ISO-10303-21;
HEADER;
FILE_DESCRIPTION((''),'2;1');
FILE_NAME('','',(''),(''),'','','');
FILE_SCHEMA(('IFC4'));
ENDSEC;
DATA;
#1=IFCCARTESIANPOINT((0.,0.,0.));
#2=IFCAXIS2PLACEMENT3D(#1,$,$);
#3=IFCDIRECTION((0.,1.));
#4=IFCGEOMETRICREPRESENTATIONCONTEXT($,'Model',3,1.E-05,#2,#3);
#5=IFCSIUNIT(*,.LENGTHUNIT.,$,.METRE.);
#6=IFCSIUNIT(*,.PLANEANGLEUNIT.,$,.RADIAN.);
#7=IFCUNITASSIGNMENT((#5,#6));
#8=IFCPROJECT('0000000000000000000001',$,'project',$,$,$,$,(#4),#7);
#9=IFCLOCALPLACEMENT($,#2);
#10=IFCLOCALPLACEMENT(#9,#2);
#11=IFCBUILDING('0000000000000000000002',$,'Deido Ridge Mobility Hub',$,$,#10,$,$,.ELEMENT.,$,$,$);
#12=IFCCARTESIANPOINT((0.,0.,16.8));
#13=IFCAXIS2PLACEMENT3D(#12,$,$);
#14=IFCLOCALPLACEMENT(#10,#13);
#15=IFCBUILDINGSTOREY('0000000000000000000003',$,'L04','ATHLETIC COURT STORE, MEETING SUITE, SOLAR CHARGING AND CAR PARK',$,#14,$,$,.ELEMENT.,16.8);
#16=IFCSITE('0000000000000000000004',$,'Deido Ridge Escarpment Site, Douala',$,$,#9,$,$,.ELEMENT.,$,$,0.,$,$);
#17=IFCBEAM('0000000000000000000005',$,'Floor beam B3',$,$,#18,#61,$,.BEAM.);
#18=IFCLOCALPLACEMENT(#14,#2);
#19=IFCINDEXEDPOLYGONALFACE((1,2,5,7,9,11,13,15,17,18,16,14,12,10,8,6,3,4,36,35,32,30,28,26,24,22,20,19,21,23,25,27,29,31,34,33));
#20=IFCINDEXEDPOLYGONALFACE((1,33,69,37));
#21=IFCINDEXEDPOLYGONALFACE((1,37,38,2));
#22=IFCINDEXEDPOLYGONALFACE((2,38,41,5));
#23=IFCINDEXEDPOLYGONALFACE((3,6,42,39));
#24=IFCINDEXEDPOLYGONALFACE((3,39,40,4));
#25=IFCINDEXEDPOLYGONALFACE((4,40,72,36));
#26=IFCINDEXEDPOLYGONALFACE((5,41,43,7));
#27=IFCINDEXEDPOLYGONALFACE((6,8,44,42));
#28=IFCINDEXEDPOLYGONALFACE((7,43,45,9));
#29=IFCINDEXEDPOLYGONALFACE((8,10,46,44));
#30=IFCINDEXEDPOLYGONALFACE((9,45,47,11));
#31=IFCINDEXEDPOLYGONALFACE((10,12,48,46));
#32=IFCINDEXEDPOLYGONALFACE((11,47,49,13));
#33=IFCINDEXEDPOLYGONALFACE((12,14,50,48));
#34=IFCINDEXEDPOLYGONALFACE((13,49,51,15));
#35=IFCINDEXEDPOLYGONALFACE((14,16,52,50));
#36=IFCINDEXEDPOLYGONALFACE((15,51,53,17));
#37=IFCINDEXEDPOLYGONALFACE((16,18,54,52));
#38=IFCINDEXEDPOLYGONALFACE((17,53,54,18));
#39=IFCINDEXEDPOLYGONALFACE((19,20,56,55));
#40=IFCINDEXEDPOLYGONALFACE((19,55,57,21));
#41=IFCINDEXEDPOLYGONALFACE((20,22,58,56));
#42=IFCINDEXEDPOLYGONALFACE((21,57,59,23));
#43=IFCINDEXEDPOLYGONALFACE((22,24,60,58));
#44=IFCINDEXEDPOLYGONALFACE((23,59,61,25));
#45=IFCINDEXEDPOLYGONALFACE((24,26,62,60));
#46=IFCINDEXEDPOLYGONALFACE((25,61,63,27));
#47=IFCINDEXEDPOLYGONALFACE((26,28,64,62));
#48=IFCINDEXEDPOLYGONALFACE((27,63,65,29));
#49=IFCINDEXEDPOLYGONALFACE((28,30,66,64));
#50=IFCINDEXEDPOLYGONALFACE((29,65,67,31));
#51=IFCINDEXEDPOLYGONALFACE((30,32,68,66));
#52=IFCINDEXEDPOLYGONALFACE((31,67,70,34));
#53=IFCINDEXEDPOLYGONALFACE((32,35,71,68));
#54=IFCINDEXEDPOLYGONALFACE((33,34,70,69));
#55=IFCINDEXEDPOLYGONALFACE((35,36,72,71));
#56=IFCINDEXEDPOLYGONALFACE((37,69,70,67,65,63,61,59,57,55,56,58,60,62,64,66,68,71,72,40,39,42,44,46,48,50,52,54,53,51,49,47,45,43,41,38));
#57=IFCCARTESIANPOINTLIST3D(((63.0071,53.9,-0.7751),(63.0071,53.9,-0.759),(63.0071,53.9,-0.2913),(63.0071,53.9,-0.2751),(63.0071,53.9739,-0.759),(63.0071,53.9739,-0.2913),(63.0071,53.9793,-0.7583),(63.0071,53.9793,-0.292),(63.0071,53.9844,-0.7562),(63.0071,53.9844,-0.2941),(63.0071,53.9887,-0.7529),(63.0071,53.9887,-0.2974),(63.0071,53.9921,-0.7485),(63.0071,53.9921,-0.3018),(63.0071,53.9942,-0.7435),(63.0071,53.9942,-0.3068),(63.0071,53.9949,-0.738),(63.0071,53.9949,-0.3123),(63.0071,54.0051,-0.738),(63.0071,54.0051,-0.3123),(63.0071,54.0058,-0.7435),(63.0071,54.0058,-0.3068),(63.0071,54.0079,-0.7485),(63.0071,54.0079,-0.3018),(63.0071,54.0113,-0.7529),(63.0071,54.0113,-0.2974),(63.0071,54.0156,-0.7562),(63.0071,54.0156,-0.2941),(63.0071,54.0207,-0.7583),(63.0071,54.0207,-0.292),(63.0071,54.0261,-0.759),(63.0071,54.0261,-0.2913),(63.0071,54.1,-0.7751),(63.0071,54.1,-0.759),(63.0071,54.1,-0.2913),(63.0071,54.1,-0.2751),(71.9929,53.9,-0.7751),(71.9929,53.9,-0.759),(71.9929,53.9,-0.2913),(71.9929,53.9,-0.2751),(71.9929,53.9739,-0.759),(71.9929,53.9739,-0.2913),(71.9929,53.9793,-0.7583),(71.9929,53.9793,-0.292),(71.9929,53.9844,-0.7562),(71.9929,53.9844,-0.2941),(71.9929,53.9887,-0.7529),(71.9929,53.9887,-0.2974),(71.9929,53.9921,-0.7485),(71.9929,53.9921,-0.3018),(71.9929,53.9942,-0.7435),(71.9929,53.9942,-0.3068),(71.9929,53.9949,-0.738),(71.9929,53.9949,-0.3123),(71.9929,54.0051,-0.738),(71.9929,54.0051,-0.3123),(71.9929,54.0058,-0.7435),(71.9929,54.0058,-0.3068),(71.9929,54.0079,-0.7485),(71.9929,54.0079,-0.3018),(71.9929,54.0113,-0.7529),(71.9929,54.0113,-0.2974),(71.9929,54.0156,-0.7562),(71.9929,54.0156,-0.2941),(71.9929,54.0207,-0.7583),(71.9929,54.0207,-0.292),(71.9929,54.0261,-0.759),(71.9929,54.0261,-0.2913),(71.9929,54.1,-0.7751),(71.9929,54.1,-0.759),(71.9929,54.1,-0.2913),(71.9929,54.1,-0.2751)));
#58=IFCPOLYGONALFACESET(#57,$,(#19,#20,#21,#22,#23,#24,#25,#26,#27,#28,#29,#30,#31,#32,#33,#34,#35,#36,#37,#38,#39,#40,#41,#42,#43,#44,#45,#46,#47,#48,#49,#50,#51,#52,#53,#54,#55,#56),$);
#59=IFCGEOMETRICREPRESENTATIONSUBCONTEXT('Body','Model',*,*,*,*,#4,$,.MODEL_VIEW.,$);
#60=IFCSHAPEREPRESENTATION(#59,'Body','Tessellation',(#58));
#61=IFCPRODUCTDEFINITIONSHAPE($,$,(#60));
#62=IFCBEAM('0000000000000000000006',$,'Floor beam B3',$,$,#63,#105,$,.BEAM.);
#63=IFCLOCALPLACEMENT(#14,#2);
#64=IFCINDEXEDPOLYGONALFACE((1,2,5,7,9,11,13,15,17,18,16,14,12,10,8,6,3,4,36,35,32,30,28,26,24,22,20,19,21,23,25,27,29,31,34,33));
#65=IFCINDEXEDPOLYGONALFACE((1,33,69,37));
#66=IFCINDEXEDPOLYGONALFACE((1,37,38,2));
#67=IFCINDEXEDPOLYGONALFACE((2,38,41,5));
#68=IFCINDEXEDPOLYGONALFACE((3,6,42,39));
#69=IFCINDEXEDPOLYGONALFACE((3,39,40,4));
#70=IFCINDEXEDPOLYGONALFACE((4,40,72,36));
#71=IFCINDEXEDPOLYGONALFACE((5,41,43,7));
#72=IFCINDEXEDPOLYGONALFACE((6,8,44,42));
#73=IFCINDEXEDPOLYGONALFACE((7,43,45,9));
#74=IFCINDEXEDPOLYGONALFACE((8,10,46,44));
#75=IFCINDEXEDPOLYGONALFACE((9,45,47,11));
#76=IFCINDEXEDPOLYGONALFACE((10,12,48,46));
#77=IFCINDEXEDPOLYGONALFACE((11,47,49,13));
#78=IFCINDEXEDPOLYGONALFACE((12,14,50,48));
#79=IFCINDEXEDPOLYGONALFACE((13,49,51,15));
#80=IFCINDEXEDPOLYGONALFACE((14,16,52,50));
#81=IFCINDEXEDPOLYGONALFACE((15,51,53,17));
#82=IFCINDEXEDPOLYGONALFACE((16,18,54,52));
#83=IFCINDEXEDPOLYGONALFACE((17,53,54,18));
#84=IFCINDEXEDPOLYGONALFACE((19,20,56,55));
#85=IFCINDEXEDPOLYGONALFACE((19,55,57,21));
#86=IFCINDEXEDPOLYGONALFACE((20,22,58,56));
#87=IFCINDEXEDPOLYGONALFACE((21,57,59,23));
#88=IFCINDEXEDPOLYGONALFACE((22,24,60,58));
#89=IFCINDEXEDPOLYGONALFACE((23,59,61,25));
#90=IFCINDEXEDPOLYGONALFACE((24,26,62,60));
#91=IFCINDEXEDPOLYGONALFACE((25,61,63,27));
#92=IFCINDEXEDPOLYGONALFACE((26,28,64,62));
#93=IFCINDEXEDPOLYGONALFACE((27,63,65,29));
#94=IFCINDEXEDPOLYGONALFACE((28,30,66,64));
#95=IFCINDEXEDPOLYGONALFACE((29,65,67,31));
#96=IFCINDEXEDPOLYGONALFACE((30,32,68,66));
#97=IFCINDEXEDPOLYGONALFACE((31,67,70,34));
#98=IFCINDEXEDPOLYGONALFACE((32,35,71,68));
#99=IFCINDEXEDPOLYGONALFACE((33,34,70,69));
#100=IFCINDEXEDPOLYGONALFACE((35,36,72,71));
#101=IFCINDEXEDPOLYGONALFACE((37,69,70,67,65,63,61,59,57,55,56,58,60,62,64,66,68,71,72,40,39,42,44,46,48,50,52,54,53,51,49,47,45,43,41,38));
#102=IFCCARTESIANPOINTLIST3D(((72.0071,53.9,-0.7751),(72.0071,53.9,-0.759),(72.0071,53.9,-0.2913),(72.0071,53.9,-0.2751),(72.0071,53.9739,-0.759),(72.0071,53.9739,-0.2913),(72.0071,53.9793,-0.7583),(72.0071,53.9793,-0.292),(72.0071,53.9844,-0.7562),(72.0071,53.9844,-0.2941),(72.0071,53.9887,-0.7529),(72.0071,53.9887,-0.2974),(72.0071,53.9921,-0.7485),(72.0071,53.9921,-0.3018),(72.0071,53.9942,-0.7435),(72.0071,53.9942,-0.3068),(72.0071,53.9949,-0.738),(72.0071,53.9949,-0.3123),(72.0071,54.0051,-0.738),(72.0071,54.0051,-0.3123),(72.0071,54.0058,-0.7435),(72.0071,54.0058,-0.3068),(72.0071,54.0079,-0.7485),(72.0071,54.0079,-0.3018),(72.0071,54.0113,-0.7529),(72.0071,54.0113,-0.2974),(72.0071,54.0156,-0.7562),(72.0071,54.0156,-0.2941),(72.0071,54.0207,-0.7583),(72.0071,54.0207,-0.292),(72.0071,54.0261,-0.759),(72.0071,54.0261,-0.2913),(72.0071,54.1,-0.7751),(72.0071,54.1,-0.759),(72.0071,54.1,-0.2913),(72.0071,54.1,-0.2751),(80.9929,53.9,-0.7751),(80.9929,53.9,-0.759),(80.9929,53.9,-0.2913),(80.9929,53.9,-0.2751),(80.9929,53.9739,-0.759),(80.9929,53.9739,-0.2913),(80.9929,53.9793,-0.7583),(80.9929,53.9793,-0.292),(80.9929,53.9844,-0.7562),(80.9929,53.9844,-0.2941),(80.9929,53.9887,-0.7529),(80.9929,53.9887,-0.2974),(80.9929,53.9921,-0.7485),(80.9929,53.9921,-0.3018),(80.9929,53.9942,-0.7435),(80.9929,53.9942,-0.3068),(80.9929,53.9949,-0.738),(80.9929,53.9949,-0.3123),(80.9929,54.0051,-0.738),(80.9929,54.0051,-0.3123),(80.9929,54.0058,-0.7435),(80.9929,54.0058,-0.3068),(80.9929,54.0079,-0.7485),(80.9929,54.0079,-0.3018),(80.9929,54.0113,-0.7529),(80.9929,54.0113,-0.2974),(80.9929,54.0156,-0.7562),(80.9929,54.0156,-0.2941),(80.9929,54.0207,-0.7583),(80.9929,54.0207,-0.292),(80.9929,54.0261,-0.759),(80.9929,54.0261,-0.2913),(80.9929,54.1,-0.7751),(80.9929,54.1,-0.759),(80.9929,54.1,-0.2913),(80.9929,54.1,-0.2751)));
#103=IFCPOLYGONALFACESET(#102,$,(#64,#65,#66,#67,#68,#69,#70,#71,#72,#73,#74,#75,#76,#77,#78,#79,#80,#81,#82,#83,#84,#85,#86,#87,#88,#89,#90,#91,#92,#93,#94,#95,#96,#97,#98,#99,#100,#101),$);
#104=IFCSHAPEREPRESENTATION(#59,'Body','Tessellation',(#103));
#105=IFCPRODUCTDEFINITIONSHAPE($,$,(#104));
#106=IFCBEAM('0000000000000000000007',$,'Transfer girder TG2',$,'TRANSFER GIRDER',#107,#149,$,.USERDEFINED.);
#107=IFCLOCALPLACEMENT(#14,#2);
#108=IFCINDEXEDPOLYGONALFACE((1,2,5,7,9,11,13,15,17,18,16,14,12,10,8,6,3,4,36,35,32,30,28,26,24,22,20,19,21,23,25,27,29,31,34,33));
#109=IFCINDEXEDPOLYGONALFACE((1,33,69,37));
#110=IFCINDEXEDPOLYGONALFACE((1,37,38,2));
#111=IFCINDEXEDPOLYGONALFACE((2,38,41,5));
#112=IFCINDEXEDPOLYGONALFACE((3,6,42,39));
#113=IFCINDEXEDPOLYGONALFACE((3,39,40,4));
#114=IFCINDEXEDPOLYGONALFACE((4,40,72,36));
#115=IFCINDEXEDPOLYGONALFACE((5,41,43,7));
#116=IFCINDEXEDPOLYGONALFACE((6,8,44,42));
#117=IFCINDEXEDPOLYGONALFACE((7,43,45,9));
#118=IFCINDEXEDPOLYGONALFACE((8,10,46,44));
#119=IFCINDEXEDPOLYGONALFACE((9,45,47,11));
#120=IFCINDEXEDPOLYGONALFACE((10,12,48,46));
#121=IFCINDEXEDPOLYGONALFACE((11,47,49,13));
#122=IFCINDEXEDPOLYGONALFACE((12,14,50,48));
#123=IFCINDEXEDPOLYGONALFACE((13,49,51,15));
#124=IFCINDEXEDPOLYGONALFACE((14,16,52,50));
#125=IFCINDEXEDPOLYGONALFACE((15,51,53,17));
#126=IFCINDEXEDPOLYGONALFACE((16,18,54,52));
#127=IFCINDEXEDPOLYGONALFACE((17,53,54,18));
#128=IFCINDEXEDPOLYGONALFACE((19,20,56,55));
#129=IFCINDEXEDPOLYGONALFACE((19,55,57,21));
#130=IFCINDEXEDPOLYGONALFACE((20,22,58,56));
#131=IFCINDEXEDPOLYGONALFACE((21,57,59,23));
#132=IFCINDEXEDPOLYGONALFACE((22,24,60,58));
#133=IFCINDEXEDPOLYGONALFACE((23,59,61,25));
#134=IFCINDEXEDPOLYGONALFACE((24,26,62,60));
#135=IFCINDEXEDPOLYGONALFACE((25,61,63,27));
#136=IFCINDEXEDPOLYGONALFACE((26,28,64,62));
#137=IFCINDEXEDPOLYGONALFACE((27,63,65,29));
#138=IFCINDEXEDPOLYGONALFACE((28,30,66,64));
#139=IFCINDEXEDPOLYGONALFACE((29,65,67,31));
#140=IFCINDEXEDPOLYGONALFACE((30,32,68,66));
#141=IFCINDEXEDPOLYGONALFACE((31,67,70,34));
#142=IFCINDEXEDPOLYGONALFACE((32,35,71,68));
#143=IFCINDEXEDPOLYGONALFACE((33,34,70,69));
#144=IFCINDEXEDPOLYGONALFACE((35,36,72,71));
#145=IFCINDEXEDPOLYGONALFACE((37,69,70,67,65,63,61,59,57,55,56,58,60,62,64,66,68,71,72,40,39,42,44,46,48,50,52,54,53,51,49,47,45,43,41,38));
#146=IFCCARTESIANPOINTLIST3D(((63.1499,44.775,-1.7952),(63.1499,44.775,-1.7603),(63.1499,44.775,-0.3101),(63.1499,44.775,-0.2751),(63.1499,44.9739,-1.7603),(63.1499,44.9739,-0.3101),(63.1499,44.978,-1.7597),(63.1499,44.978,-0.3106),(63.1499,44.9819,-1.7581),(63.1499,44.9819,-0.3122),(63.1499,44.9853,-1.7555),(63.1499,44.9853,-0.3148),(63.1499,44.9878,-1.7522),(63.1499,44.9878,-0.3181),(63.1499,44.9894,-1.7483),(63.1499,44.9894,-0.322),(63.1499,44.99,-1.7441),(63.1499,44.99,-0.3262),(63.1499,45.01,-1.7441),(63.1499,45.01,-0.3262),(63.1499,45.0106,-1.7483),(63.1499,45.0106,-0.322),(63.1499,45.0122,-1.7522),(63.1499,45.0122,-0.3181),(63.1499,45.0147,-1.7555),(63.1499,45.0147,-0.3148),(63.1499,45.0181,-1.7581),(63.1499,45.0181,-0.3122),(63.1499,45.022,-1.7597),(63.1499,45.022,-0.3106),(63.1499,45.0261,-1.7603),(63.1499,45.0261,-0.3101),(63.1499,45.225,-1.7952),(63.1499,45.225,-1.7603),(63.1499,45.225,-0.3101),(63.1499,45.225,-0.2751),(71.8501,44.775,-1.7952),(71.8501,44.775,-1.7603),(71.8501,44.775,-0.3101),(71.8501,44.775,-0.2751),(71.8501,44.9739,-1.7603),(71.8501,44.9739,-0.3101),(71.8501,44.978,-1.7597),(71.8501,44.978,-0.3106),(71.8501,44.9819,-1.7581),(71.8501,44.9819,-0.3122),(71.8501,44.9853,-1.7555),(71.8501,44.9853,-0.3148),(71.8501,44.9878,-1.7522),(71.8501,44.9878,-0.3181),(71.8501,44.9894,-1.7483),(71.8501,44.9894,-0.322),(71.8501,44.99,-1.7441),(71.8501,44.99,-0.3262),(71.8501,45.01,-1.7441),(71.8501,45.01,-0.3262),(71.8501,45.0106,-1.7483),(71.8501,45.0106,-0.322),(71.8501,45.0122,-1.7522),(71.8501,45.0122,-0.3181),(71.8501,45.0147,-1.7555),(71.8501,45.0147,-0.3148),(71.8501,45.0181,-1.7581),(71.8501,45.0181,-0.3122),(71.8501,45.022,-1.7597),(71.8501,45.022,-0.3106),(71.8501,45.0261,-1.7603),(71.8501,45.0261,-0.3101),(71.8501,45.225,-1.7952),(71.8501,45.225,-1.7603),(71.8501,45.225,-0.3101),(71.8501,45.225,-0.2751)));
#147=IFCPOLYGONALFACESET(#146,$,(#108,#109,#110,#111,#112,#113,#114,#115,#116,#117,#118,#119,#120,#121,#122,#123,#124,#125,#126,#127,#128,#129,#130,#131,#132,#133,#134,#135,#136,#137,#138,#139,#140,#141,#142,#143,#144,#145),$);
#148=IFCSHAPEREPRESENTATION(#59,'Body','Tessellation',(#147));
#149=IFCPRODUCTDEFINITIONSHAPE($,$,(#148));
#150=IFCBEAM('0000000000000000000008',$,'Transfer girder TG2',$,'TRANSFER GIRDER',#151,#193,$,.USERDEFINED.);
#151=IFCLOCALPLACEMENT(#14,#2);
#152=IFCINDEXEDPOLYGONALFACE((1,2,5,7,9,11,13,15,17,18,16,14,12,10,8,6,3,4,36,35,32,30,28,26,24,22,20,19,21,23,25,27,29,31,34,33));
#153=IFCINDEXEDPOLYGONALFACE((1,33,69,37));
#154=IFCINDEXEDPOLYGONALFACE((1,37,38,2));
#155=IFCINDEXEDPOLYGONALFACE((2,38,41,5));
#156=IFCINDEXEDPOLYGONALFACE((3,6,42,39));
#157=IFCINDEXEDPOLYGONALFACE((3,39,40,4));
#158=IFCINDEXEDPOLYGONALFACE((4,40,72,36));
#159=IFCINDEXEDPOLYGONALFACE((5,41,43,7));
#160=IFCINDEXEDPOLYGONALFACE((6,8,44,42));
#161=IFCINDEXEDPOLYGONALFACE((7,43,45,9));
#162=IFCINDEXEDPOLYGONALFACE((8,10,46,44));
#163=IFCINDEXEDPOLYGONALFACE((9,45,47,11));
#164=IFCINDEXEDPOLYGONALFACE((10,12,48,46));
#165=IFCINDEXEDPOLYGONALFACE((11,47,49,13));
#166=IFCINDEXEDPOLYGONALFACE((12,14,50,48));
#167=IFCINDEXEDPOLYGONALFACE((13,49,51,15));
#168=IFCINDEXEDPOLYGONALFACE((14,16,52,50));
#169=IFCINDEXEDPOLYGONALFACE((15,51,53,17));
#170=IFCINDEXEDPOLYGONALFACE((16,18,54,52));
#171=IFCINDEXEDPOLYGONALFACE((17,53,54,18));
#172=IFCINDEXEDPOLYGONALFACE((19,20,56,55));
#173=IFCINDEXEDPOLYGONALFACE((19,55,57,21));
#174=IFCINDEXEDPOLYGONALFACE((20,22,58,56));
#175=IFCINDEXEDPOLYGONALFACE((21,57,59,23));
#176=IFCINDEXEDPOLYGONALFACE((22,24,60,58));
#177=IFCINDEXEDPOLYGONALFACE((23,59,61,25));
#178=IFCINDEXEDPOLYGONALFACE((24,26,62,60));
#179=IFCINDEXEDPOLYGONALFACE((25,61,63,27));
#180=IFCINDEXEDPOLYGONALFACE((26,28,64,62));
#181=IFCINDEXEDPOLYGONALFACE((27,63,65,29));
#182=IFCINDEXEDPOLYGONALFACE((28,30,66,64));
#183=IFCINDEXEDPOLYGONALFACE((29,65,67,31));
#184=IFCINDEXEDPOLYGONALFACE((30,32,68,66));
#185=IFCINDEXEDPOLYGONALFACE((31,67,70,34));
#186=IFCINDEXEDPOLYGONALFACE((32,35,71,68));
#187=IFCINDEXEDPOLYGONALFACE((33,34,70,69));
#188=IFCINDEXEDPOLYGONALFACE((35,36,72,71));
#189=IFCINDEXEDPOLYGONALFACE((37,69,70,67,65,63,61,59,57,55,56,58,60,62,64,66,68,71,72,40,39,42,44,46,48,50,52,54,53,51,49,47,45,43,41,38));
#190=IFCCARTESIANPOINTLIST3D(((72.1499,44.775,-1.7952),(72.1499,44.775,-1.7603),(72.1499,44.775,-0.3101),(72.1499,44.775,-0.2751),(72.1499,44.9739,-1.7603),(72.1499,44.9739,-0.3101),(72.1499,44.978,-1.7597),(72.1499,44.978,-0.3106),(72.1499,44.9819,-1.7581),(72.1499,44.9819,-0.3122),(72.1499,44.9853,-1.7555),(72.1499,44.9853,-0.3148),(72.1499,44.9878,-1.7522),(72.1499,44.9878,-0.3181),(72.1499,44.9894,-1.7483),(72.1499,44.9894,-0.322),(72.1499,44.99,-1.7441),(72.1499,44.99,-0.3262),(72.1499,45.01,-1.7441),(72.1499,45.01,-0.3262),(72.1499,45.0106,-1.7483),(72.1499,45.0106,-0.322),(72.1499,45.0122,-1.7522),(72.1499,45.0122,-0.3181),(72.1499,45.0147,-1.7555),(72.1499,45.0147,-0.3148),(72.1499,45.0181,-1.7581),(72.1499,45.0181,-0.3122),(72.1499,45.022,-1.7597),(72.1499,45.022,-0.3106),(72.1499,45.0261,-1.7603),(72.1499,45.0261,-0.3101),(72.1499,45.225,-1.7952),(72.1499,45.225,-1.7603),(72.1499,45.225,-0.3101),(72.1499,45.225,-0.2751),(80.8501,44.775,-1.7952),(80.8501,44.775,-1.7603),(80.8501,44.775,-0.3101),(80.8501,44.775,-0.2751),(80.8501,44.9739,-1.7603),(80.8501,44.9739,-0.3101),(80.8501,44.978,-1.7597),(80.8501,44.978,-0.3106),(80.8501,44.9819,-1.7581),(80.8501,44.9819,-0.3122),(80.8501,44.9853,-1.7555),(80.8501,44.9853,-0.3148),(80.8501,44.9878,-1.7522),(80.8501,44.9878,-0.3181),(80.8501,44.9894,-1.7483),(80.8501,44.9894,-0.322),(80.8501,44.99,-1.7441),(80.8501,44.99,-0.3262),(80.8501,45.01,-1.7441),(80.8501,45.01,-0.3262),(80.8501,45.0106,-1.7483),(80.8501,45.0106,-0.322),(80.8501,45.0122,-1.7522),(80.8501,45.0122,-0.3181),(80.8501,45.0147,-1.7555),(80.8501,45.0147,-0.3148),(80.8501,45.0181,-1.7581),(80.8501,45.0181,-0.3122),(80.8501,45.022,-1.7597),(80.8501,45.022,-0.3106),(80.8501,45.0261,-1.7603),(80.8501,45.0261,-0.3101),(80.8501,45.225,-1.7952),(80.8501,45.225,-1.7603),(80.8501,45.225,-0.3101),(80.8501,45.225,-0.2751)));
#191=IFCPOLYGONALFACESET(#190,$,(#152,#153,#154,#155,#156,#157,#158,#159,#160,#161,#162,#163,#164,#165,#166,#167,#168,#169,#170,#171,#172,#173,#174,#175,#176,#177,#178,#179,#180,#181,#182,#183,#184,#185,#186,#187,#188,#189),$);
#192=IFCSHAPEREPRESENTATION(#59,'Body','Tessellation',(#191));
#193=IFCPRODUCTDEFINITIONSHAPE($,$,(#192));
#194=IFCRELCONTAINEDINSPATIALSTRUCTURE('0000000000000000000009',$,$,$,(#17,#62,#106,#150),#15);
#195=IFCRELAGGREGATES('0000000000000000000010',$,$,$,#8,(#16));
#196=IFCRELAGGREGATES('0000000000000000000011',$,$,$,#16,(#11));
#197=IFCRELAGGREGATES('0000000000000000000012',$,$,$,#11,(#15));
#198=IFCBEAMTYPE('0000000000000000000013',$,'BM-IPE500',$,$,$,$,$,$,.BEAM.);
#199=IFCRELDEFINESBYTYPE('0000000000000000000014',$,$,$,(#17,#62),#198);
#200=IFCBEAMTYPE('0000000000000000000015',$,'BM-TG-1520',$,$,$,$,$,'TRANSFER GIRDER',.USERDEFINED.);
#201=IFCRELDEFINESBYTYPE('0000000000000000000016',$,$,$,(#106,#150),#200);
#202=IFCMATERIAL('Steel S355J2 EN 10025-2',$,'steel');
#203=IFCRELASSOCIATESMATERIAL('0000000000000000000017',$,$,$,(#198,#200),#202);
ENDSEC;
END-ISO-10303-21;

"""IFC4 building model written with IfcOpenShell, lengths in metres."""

from ifc_helpers import new_model, si_unit, direction, frame, origin, origin_2d, place, context, subcontext, project, spatial, i_section, extrude, material, material_profile, profile_set, type_object, element, save


model = new_model("IFC4")

# Units and contexts
model_context = context("Model", 3, precision=1e-05, world=origin(), true_north=direction((0.0, 1.0)))
body_context = subcontext(model_context, "Body", "Model", "MODEL_VIEW")
ifc_project = project(units=[si_unit("LENGTHUNIT", "METRE"), si_unit("PLANEANGLEUNIT", "RADIAN")], contexts=[model_context])

# Site, building, storey
site_placement = place(None, origin())
site = spatial("IfcSite", under=ifc_project, at=site_placement, Name="Deido Ridge Escarpment Site, Douala", CompositionType="ELEMENT", RefElevation=0.0)
building_placement = place(site_placement, origin())
building = spatial("IfcBuilding", under=site, at=building_placement, Name="Deido Ridge Mobility Hub", CompositionType="ELEMENT")
storey_placement = place(building_placement, frame((0.0, 0.0, 16.8)))
storey = spatial("IfcBuildingStorey", under=building, at=storey_placement, Name="L04", Description="ATHLETIC COURT STORE, MEETING SUITE, SOLAR CHARGING AND CAR PARK", CompositionType="ELEMENT", Elevation=16.8)

# Shared definitions
ifc_material_1 = material(Name="Steel S355J2 EN 10025-2", Category="steel")

# Beams
ifc_material_profile_1 = material_profile(ifc_material_1, i_section(OverallWidth=0.2, OverallDepth=0.5, WebThickness=0.0103, FlangeThickness=0.0161, FilletRadius=0.021, at=origin_2d()), Name="IPE 500")
ifc_profile_set_1 = profile_set([ifc_material_profile_1], Name="Steel S355J2 EN 10025-2")
beam_type_1 = type_object("IfcBeamType", Name="BM-IPE500", PredefinedType="BEAM", material=ifc_profile_set_1)
for number, where, z_axis, x_axis, name in (
    (1, (63.0071, 54.0, -0.5251), (1.0, 0.0, 0.0), (0.0, 1.0, 0.0), "Floor beam B3"),
    (2, (72.0071, 54.0, -0.5251), (1.0, 0.0, 0.0), (0.0, 1.0, 0.0), "Floor beam B3"),
):
    element("IfcBeam", number, at=place(storey_placement, frame(where, z_axis=z_axis, x_axis=x_axis)), inside=storey, type_object=beam_type_1, Name=name, PredefinedType="BEAM", context=body_context, shape_type="SweptSolid", body=[
        extrude(i_section(OverallWidth=0.2, OverallDepth=0.5, WebThickness=0.0103, FlangeThickness=0.0161, FilletRadius=0.021, at=origin_2d()), origin(), (0.0, 0.0, 1.0), 8.9858),
    ])
ifc_material_profile_2 = material_profile(ifc_material_1, i_section(OverallWidth=0.45, OverallDepth=1.52, WebThickness=0.02, FlangeThickness=0.0349, FilletRadius=0.0161, at=origin_2d()), Name="WTG 1520x450")
ifc_profile_set_2 = profile_set([ifc_material_profile_2], Name="Steel S355J2 EN 10025-2")
beam_type_2 = type_object("IfcBeamType", Name="BM-TG-1520", ElementType="TRANSFER GIRDER", PredefinedType="USERDEFINED", material=ifc_profile_set_2)
for number, where, z_axis, x_axis, name in (
    (3, (63.1499, 45.0, -1.0352), (1.0, 0.0, 0.0), (0.0, 1.0, 0.0), "Transfer girder TG2"),
    (4, (72.1499, 45.0, -1.0352), (1.0, 0.0, 0.0), (0.0, 1.0, 0.0), "Transfer girder TG2"),
):
    element("IfcBeam", number, at=place(storey_placement, frame(where, z_axis=z_axis, x_axis=x_axis)), inside=storey, type_object=beam_type_2, Name=name, ObjectType="TRANSFER GIRDER", PredefinedType="USERDEFINED", context=body_context, shape_type="SweptSolid", body=[
        extrude(i_section(OverallWidth=0.45, OverallDepth=1.52, WebThickness=0.02, FlangeThickness=0.0349, FilletRadius=0.0161, at=origin_2d()), origin(), (0.0, 0.0, 1.0), 8.7002),
    ])

save(model, "model.ifc")
